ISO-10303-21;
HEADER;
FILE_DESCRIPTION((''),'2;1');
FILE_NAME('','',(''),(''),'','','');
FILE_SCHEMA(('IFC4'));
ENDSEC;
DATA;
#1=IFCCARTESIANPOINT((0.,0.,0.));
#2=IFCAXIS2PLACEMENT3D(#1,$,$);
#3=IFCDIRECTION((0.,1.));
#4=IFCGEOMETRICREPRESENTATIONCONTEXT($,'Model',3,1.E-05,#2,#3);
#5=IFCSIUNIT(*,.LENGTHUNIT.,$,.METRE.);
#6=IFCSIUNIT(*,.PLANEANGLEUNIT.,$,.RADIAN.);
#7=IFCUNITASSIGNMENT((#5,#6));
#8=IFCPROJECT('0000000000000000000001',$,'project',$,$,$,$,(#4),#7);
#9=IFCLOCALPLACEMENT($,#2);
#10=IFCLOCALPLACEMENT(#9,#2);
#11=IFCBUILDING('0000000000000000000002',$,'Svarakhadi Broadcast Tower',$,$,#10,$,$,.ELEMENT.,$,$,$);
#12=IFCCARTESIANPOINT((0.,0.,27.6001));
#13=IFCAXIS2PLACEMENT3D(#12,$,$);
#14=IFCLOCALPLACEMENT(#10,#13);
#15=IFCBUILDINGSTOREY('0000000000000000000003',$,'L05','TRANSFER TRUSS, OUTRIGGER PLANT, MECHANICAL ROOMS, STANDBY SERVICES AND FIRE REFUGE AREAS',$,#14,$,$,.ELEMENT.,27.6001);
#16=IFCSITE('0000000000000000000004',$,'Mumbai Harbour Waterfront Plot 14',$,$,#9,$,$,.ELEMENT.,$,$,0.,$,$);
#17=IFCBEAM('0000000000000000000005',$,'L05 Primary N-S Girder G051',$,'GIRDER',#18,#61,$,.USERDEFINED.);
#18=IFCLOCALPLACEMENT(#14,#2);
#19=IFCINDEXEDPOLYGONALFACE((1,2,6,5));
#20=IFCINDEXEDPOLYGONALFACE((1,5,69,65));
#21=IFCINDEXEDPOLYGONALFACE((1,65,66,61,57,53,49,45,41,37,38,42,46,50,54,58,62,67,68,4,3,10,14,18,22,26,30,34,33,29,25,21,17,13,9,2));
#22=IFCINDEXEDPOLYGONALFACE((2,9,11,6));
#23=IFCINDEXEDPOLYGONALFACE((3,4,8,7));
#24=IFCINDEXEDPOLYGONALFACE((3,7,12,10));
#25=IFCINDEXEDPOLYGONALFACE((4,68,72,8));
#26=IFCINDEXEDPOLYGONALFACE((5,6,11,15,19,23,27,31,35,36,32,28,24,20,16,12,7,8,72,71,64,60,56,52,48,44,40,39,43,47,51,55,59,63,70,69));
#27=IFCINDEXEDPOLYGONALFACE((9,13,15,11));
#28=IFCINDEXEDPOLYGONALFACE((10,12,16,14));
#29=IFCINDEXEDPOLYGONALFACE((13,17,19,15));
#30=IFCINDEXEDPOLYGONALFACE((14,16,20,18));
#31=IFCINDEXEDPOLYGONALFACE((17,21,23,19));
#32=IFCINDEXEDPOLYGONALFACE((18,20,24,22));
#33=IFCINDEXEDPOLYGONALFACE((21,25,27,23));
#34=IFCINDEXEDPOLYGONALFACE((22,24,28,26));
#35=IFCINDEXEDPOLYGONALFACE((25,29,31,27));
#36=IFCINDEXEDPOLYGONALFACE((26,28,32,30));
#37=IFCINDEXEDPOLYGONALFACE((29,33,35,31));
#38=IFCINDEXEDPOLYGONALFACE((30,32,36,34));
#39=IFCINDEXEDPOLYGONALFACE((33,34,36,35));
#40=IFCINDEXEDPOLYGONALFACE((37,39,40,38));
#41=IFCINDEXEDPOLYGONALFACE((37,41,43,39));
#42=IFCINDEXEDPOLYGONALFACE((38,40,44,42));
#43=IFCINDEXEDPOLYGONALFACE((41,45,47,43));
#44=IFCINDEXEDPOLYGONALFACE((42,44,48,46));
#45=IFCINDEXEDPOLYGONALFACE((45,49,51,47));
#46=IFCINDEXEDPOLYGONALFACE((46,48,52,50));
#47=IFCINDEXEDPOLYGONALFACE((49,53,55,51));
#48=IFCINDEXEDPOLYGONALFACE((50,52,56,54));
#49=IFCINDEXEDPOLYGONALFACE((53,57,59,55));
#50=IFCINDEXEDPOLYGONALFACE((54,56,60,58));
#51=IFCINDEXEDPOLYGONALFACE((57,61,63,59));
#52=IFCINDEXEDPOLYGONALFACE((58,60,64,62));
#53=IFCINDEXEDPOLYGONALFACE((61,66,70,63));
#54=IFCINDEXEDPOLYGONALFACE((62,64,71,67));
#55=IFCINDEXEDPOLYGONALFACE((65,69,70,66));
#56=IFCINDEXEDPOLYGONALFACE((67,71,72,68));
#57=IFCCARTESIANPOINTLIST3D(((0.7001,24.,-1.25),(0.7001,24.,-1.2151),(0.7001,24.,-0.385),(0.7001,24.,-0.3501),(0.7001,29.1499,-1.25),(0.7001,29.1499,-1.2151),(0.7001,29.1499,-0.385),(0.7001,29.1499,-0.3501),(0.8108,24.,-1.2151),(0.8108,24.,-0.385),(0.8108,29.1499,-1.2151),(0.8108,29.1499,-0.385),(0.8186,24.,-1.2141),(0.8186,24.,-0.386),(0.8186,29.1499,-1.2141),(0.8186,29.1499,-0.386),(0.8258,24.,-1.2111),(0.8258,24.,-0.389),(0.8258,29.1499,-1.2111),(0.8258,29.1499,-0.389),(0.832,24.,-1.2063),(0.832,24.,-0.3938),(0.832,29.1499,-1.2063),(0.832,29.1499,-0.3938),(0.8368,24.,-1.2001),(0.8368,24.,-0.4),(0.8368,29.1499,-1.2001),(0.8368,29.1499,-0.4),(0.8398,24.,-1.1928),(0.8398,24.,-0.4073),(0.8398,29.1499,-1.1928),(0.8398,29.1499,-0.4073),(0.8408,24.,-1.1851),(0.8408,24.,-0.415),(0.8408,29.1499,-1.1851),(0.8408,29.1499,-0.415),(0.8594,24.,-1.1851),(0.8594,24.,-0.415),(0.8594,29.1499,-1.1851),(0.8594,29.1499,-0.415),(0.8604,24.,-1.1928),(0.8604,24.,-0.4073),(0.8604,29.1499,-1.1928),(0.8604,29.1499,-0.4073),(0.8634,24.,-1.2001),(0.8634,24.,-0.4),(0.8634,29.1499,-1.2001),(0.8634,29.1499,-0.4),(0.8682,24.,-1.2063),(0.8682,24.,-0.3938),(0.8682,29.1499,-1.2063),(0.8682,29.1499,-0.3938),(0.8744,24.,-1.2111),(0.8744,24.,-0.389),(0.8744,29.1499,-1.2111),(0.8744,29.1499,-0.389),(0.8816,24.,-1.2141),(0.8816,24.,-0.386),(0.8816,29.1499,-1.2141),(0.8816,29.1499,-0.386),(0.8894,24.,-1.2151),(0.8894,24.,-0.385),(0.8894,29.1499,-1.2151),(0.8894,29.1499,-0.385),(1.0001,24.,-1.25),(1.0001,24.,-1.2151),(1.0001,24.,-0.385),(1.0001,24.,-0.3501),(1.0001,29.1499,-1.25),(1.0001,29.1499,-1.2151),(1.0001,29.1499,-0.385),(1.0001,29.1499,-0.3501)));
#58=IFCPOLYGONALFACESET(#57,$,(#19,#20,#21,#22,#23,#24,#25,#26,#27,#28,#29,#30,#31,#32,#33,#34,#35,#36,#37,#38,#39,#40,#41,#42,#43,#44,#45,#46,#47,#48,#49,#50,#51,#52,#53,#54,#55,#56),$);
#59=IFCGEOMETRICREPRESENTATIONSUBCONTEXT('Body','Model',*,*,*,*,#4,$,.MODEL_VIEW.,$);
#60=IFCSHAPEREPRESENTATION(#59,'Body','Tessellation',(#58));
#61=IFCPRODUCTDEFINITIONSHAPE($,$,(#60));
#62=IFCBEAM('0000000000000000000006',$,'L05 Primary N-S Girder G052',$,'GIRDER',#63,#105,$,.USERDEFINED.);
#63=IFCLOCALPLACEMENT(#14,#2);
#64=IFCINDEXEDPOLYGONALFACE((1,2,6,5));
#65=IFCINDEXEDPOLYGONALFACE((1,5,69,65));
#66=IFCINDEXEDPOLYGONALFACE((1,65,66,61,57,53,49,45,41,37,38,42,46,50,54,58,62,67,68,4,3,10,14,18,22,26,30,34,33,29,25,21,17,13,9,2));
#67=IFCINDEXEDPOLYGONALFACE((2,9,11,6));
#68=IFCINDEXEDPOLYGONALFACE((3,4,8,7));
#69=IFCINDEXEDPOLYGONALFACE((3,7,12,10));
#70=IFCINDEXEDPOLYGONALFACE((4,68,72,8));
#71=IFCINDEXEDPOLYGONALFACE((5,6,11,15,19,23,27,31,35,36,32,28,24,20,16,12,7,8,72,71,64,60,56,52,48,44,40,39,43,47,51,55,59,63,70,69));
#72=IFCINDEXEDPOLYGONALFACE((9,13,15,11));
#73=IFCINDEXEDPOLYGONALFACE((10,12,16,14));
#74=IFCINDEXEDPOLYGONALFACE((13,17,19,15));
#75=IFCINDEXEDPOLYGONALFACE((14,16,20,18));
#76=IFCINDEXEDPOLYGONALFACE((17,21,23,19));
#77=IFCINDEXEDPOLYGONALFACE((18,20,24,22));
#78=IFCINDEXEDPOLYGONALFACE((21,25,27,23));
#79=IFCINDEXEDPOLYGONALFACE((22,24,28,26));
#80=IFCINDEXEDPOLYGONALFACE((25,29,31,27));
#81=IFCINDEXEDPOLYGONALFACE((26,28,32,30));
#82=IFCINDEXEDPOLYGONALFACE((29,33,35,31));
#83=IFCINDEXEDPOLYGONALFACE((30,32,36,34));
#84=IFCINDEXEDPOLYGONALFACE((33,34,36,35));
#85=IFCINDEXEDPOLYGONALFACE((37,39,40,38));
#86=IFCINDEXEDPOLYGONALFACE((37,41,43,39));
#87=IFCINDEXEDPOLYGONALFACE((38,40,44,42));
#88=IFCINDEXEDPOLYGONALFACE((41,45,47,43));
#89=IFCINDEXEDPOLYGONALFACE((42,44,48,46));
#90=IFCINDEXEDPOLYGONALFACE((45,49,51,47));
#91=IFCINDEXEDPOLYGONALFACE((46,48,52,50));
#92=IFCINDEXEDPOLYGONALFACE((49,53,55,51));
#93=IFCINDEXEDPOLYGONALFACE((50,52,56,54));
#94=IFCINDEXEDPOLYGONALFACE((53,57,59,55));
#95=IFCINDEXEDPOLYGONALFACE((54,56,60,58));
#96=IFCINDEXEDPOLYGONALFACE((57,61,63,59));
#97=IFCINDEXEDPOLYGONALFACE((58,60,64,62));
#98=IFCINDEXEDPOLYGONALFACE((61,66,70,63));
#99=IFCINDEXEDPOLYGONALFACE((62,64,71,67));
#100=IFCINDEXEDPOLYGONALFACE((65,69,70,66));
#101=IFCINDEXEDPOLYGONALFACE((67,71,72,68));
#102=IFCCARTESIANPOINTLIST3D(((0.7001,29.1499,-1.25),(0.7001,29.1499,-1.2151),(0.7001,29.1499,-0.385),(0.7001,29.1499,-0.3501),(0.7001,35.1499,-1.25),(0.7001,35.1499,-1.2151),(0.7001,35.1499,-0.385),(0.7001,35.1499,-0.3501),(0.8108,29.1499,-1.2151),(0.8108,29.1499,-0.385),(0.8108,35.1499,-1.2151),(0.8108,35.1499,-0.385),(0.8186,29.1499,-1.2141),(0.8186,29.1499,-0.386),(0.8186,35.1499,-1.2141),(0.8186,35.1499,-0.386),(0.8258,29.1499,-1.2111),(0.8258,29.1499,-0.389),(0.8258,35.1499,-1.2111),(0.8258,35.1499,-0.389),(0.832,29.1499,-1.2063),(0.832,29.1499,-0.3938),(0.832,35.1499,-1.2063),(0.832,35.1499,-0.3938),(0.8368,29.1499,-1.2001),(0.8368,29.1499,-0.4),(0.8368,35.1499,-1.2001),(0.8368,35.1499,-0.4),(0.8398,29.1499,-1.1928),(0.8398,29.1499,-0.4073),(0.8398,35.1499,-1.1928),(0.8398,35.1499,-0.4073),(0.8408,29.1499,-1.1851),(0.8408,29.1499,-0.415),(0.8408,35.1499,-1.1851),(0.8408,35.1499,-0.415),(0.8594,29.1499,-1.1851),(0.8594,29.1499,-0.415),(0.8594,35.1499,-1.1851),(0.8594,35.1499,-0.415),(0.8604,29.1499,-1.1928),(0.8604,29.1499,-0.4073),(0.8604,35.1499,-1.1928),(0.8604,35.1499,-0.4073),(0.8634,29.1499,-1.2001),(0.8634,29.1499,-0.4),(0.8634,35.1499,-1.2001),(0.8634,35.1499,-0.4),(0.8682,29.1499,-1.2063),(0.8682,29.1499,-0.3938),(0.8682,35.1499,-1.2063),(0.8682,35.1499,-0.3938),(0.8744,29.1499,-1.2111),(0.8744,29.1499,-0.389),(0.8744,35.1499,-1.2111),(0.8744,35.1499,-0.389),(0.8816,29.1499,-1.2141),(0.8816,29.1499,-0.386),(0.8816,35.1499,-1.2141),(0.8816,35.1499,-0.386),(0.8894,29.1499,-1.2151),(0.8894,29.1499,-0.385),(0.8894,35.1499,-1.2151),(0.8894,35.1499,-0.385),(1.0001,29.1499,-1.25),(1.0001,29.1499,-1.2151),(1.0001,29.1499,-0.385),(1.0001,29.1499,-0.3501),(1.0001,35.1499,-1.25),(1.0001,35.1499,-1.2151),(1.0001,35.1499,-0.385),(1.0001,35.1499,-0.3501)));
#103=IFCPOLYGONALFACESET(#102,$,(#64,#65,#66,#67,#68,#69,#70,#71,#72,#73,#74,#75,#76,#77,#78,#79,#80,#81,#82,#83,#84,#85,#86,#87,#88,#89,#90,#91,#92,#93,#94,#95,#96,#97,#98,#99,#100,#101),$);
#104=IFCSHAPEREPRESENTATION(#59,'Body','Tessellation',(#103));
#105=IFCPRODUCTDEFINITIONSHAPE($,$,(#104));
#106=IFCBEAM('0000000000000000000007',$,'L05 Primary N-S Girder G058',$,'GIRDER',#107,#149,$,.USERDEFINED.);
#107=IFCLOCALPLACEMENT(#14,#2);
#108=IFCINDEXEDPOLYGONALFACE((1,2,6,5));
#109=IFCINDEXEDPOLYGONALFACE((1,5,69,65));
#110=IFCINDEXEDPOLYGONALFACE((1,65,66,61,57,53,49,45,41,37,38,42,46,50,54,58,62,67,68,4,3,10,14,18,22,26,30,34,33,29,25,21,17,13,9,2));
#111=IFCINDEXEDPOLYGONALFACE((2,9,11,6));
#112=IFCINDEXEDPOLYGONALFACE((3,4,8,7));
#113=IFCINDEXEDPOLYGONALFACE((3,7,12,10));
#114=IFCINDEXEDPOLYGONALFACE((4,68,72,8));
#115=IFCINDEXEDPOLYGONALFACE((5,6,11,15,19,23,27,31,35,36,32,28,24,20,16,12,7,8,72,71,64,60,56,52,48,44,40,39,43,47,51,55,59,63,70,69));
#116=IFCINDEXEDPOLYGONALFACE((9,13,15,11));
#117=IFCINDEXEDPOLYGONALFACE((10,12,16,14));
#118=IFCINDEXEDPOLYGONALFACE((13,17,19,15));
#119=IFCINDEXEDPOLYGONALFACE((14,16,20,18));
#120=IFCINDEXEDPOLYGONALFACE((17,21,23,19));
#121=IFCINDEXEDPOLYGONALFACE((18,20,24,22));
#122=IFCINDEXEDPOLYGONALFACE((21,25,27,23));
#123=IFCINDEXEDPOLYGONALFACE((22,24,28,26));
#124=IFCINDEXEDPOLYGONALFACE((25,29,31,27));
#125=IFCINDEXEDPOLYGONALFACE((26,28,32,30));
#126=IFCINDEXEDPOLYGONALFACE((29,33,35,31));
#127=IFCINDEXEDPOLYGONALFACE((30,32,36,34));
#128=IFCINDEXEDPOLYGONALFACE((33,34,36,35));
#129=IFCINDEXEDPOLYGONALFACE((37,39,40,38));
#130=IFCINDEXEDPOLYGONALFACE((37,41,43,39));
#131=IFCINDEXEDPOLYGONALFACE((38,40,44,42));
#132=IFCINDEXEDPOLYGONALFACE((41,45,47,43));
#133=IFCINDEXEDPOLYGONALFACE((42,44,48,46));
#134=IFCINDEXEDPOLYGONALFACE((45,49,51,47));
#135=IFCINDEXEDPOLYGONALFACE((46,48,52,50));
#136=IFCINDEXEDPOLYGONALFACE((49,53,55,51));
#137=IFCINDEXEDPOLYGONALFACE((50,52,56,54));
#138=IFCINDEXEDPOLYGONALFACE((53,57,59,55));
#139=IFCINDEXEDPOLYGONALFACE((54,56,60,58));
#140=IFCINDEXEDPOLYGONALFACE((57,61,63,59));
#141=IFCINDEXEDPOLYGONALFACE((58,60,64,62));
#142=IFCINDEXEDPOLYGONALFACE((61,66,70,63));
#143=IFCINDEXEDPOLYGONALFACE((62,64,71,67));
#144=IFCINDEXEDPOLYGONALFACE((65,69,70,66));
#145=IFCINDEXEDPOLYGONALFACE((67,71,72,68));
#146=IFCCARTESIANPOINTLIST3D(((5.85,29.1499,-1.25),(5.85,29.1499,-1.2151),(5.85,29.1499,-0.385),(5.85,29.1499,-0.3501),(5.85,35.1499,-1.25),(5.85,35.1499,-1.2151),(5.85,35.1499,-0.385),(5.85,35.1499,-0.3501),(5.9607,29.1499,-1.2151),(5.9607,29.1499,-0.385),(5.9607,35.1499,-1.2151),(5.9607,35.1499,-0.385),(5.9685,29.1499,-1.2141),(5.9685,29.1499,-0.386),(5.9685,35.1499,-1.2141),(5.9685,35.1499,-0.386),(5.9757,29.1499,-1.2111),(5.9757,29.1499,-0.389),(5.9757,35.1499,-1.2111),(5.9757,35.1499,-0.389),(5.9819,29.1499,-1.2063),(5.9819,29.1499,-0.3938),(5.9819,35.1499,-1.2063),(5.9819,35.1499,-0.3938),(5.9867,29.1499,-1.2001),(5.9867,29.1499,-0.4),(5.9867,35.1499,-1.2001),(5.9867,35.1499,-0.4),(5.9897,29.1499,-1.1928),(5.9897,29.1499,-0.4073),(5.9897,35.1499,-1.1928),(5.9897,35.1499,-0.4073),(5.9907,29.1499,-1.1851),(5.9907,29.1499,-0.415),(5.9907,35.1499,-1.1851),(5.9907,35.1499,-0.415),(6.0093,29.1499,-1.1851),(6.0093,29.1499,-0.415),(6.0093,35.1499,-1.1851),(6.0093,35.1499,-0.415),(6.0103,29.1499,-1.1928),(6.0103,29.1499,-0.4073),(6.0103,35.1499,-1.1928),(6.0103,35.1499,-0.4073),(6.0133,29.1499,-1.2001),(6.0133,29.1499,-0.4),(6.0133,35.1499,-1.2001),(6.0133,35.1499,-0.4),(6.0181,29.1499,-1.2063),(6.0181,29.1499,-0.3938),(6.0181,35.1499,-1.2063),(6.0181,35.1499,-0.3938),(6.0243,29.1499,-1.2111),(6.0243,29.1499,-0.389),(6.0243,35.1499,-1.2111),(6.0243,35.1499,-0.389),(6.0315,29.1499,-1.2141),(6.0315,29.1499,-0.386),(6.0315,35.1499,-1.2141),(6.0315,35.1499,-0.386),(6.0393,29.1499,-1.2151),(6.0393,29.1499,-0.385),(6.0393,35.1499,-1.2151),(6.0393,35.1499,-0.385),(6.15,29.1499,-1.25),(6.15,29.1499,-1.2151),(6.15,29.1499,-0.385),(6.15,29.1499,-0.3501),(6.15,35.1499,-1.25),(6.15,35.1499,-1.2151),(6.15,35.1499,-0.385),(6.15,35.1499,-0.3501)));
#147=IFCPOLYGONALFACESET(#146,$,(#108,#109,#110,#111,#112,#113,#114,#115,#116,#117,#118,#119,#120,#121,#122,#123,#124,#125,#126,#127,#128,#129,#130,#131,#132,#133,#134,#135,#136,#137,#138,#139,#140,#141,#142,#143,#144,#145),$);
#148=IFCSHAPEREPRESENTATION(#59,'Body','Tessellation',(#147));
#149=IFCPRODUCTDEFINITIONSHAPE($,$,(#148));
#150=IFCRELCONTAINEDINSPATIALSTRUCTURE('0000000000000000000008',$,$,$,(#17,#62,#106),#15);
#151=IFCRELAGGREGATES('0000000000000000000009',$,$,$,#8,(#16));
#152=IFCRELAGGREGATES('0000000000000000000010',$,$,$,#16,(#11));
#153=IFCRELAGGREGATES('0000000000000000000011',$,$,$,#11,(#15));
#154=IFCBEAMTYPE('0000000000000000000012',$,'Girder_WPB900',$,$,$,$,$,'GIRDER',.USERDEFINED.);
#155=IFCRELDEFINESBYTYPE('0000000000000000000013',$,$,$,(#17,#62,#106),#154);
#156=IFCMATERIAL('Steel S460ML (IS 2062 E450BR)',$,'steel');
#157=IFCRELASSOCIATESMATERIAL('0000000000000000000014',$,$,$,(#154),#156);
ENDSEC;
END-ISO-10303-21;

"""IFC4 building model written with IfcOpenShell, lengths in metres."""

from ifc_helpers import new_model, si_unit, direction, frame, origin, origin_2d, place, context, subcontext, project, spatial, i_section, extrude, material, material_profile, profile_set, type_object, element, save


model = new_model("IFC4")

# Units and contexts
model_context = context("Model", 3, precision=1e-05, world=origin(), true_north=direction((0.0, 1.0)))
body_context = subcontext(model_context, "Body", "Model", "MODEL_VIEW")
ifc_project = project(units=[si_unit("LENGTHUNIT", "METRE"), si_unit("PLANEANGLEUNIT", "RADIAN")], contexts=[model_context])

# Site, building, storey
site_placement = place(None, origin())
site = spatial("IfcSite", under=ifc_project, at=site_placement, Name="Mumbai Harbour Waterfront Plot 14", CompositionType="ELEMENT", RefElevation=0.0)
building_placement = place(site_placement, origin())
building = spatial("IfcBuilding", under=site, at=building_placement, Name="Svarakhadi Broadcast Tower", CompositionType="ELEMENT")
storey_placement = place(building_placement, frame((0.0, 0.0, 27.6001)))
storey = spatial("IfcBuildingStorey", under=building, at=storey_placement, Name="L05", Description="TRANSFER TRUSS, OUTRIGGER PLANT, MECHANICAL ROOMS, STANDBY SERVICES AND FIRE REFUGE AREAS", CompositionType="ELEMENT", Elevation=27.6001)

# Shared definitions
ifc_material_1 = material(Name="Steel S460ML (IS 2062 E450BR)", Category="steel")

# Beams
ifc_material_profile_1 = material_profile(ifc_material_1, i_section(OverallWidth=0.3, OverallDepth=0.8999, WebThickness=0.0186, FlangeThickness=0.0349, FilletRadius=0.03, at=origin_2d()), Name="WPB 900x300x291")
ifc_profile_set_1 = profile_set([ifc_material_profile_1], Name="Steel S460ML (IS 2062 E450BR)")
beam_type_1 = type_object("IfcBeamType", Name="Girder_WPB900", ElementType="GIRDER", PredefinedType="USERDEFINED", material=ifc_profile_set_1)
for number, where, z_axis, x_axis, name in (
    (1, (0.8501, 24.0, -0.8), (0.0, 1.0, 0.0), (-1.0, 0.0, 0.0), "L05 Primary N-S Girder G051"),
):
    element("IfcBeam", number, at=place(storey_placement, frame(where, z_axis=z_axis, x_axis=x_axis)), inside=storey, type_object=beam_type_1, Name=name, ObjectType="GIRDER", PredefinedType="USERDEFINED", context=body_context, shape_type="SweptSolid", body=[
        extrude(i_section(OverallWidth=0.3, OverallDepth=0.8999, WebThickness=0.0186, FlangeThickness=0.0349, FilletRadius=0.03, at=origin_2d()), origin(), (0.0, 0.0, 1.0), 5.1499),
    ])
for number, where, z_axis, x_axis, name in (
    (2, (0.8501, 29.1499, -0.8), (0.0, 1.0, 0.0), (-1.0, 0.0, 0.0), "L05 Primary N-S Girder G052"),
    (3, (6.0, 29.1499, -0.8), (0.0, 1.0, 0.0), (-1.0, 0.0, 0.0), "L05 Primary N-S Girder G058"),
):
    element("IfcBeam", number, at=place(storey_placement, frame(where, z_axis=z_axis, x_axis=x_axis)), inside=storey, type_object=beam_type_1, Name=name, ObjectType="GIRDER", PredefinedType="USERDEFINED", context=body_context, shape_type="SweptSolid", body=[
        extrude(i_section(OverallWidth=0.3, OverallDepth=0.8999, WebThickness=0.0186, FlangeThickness=0.0349, FilletRadius=0.03, at=origin_2d()), origin(), (0.0, 0.0, 1.0), 6.0),
    ])

save(model, "model.ifc")
